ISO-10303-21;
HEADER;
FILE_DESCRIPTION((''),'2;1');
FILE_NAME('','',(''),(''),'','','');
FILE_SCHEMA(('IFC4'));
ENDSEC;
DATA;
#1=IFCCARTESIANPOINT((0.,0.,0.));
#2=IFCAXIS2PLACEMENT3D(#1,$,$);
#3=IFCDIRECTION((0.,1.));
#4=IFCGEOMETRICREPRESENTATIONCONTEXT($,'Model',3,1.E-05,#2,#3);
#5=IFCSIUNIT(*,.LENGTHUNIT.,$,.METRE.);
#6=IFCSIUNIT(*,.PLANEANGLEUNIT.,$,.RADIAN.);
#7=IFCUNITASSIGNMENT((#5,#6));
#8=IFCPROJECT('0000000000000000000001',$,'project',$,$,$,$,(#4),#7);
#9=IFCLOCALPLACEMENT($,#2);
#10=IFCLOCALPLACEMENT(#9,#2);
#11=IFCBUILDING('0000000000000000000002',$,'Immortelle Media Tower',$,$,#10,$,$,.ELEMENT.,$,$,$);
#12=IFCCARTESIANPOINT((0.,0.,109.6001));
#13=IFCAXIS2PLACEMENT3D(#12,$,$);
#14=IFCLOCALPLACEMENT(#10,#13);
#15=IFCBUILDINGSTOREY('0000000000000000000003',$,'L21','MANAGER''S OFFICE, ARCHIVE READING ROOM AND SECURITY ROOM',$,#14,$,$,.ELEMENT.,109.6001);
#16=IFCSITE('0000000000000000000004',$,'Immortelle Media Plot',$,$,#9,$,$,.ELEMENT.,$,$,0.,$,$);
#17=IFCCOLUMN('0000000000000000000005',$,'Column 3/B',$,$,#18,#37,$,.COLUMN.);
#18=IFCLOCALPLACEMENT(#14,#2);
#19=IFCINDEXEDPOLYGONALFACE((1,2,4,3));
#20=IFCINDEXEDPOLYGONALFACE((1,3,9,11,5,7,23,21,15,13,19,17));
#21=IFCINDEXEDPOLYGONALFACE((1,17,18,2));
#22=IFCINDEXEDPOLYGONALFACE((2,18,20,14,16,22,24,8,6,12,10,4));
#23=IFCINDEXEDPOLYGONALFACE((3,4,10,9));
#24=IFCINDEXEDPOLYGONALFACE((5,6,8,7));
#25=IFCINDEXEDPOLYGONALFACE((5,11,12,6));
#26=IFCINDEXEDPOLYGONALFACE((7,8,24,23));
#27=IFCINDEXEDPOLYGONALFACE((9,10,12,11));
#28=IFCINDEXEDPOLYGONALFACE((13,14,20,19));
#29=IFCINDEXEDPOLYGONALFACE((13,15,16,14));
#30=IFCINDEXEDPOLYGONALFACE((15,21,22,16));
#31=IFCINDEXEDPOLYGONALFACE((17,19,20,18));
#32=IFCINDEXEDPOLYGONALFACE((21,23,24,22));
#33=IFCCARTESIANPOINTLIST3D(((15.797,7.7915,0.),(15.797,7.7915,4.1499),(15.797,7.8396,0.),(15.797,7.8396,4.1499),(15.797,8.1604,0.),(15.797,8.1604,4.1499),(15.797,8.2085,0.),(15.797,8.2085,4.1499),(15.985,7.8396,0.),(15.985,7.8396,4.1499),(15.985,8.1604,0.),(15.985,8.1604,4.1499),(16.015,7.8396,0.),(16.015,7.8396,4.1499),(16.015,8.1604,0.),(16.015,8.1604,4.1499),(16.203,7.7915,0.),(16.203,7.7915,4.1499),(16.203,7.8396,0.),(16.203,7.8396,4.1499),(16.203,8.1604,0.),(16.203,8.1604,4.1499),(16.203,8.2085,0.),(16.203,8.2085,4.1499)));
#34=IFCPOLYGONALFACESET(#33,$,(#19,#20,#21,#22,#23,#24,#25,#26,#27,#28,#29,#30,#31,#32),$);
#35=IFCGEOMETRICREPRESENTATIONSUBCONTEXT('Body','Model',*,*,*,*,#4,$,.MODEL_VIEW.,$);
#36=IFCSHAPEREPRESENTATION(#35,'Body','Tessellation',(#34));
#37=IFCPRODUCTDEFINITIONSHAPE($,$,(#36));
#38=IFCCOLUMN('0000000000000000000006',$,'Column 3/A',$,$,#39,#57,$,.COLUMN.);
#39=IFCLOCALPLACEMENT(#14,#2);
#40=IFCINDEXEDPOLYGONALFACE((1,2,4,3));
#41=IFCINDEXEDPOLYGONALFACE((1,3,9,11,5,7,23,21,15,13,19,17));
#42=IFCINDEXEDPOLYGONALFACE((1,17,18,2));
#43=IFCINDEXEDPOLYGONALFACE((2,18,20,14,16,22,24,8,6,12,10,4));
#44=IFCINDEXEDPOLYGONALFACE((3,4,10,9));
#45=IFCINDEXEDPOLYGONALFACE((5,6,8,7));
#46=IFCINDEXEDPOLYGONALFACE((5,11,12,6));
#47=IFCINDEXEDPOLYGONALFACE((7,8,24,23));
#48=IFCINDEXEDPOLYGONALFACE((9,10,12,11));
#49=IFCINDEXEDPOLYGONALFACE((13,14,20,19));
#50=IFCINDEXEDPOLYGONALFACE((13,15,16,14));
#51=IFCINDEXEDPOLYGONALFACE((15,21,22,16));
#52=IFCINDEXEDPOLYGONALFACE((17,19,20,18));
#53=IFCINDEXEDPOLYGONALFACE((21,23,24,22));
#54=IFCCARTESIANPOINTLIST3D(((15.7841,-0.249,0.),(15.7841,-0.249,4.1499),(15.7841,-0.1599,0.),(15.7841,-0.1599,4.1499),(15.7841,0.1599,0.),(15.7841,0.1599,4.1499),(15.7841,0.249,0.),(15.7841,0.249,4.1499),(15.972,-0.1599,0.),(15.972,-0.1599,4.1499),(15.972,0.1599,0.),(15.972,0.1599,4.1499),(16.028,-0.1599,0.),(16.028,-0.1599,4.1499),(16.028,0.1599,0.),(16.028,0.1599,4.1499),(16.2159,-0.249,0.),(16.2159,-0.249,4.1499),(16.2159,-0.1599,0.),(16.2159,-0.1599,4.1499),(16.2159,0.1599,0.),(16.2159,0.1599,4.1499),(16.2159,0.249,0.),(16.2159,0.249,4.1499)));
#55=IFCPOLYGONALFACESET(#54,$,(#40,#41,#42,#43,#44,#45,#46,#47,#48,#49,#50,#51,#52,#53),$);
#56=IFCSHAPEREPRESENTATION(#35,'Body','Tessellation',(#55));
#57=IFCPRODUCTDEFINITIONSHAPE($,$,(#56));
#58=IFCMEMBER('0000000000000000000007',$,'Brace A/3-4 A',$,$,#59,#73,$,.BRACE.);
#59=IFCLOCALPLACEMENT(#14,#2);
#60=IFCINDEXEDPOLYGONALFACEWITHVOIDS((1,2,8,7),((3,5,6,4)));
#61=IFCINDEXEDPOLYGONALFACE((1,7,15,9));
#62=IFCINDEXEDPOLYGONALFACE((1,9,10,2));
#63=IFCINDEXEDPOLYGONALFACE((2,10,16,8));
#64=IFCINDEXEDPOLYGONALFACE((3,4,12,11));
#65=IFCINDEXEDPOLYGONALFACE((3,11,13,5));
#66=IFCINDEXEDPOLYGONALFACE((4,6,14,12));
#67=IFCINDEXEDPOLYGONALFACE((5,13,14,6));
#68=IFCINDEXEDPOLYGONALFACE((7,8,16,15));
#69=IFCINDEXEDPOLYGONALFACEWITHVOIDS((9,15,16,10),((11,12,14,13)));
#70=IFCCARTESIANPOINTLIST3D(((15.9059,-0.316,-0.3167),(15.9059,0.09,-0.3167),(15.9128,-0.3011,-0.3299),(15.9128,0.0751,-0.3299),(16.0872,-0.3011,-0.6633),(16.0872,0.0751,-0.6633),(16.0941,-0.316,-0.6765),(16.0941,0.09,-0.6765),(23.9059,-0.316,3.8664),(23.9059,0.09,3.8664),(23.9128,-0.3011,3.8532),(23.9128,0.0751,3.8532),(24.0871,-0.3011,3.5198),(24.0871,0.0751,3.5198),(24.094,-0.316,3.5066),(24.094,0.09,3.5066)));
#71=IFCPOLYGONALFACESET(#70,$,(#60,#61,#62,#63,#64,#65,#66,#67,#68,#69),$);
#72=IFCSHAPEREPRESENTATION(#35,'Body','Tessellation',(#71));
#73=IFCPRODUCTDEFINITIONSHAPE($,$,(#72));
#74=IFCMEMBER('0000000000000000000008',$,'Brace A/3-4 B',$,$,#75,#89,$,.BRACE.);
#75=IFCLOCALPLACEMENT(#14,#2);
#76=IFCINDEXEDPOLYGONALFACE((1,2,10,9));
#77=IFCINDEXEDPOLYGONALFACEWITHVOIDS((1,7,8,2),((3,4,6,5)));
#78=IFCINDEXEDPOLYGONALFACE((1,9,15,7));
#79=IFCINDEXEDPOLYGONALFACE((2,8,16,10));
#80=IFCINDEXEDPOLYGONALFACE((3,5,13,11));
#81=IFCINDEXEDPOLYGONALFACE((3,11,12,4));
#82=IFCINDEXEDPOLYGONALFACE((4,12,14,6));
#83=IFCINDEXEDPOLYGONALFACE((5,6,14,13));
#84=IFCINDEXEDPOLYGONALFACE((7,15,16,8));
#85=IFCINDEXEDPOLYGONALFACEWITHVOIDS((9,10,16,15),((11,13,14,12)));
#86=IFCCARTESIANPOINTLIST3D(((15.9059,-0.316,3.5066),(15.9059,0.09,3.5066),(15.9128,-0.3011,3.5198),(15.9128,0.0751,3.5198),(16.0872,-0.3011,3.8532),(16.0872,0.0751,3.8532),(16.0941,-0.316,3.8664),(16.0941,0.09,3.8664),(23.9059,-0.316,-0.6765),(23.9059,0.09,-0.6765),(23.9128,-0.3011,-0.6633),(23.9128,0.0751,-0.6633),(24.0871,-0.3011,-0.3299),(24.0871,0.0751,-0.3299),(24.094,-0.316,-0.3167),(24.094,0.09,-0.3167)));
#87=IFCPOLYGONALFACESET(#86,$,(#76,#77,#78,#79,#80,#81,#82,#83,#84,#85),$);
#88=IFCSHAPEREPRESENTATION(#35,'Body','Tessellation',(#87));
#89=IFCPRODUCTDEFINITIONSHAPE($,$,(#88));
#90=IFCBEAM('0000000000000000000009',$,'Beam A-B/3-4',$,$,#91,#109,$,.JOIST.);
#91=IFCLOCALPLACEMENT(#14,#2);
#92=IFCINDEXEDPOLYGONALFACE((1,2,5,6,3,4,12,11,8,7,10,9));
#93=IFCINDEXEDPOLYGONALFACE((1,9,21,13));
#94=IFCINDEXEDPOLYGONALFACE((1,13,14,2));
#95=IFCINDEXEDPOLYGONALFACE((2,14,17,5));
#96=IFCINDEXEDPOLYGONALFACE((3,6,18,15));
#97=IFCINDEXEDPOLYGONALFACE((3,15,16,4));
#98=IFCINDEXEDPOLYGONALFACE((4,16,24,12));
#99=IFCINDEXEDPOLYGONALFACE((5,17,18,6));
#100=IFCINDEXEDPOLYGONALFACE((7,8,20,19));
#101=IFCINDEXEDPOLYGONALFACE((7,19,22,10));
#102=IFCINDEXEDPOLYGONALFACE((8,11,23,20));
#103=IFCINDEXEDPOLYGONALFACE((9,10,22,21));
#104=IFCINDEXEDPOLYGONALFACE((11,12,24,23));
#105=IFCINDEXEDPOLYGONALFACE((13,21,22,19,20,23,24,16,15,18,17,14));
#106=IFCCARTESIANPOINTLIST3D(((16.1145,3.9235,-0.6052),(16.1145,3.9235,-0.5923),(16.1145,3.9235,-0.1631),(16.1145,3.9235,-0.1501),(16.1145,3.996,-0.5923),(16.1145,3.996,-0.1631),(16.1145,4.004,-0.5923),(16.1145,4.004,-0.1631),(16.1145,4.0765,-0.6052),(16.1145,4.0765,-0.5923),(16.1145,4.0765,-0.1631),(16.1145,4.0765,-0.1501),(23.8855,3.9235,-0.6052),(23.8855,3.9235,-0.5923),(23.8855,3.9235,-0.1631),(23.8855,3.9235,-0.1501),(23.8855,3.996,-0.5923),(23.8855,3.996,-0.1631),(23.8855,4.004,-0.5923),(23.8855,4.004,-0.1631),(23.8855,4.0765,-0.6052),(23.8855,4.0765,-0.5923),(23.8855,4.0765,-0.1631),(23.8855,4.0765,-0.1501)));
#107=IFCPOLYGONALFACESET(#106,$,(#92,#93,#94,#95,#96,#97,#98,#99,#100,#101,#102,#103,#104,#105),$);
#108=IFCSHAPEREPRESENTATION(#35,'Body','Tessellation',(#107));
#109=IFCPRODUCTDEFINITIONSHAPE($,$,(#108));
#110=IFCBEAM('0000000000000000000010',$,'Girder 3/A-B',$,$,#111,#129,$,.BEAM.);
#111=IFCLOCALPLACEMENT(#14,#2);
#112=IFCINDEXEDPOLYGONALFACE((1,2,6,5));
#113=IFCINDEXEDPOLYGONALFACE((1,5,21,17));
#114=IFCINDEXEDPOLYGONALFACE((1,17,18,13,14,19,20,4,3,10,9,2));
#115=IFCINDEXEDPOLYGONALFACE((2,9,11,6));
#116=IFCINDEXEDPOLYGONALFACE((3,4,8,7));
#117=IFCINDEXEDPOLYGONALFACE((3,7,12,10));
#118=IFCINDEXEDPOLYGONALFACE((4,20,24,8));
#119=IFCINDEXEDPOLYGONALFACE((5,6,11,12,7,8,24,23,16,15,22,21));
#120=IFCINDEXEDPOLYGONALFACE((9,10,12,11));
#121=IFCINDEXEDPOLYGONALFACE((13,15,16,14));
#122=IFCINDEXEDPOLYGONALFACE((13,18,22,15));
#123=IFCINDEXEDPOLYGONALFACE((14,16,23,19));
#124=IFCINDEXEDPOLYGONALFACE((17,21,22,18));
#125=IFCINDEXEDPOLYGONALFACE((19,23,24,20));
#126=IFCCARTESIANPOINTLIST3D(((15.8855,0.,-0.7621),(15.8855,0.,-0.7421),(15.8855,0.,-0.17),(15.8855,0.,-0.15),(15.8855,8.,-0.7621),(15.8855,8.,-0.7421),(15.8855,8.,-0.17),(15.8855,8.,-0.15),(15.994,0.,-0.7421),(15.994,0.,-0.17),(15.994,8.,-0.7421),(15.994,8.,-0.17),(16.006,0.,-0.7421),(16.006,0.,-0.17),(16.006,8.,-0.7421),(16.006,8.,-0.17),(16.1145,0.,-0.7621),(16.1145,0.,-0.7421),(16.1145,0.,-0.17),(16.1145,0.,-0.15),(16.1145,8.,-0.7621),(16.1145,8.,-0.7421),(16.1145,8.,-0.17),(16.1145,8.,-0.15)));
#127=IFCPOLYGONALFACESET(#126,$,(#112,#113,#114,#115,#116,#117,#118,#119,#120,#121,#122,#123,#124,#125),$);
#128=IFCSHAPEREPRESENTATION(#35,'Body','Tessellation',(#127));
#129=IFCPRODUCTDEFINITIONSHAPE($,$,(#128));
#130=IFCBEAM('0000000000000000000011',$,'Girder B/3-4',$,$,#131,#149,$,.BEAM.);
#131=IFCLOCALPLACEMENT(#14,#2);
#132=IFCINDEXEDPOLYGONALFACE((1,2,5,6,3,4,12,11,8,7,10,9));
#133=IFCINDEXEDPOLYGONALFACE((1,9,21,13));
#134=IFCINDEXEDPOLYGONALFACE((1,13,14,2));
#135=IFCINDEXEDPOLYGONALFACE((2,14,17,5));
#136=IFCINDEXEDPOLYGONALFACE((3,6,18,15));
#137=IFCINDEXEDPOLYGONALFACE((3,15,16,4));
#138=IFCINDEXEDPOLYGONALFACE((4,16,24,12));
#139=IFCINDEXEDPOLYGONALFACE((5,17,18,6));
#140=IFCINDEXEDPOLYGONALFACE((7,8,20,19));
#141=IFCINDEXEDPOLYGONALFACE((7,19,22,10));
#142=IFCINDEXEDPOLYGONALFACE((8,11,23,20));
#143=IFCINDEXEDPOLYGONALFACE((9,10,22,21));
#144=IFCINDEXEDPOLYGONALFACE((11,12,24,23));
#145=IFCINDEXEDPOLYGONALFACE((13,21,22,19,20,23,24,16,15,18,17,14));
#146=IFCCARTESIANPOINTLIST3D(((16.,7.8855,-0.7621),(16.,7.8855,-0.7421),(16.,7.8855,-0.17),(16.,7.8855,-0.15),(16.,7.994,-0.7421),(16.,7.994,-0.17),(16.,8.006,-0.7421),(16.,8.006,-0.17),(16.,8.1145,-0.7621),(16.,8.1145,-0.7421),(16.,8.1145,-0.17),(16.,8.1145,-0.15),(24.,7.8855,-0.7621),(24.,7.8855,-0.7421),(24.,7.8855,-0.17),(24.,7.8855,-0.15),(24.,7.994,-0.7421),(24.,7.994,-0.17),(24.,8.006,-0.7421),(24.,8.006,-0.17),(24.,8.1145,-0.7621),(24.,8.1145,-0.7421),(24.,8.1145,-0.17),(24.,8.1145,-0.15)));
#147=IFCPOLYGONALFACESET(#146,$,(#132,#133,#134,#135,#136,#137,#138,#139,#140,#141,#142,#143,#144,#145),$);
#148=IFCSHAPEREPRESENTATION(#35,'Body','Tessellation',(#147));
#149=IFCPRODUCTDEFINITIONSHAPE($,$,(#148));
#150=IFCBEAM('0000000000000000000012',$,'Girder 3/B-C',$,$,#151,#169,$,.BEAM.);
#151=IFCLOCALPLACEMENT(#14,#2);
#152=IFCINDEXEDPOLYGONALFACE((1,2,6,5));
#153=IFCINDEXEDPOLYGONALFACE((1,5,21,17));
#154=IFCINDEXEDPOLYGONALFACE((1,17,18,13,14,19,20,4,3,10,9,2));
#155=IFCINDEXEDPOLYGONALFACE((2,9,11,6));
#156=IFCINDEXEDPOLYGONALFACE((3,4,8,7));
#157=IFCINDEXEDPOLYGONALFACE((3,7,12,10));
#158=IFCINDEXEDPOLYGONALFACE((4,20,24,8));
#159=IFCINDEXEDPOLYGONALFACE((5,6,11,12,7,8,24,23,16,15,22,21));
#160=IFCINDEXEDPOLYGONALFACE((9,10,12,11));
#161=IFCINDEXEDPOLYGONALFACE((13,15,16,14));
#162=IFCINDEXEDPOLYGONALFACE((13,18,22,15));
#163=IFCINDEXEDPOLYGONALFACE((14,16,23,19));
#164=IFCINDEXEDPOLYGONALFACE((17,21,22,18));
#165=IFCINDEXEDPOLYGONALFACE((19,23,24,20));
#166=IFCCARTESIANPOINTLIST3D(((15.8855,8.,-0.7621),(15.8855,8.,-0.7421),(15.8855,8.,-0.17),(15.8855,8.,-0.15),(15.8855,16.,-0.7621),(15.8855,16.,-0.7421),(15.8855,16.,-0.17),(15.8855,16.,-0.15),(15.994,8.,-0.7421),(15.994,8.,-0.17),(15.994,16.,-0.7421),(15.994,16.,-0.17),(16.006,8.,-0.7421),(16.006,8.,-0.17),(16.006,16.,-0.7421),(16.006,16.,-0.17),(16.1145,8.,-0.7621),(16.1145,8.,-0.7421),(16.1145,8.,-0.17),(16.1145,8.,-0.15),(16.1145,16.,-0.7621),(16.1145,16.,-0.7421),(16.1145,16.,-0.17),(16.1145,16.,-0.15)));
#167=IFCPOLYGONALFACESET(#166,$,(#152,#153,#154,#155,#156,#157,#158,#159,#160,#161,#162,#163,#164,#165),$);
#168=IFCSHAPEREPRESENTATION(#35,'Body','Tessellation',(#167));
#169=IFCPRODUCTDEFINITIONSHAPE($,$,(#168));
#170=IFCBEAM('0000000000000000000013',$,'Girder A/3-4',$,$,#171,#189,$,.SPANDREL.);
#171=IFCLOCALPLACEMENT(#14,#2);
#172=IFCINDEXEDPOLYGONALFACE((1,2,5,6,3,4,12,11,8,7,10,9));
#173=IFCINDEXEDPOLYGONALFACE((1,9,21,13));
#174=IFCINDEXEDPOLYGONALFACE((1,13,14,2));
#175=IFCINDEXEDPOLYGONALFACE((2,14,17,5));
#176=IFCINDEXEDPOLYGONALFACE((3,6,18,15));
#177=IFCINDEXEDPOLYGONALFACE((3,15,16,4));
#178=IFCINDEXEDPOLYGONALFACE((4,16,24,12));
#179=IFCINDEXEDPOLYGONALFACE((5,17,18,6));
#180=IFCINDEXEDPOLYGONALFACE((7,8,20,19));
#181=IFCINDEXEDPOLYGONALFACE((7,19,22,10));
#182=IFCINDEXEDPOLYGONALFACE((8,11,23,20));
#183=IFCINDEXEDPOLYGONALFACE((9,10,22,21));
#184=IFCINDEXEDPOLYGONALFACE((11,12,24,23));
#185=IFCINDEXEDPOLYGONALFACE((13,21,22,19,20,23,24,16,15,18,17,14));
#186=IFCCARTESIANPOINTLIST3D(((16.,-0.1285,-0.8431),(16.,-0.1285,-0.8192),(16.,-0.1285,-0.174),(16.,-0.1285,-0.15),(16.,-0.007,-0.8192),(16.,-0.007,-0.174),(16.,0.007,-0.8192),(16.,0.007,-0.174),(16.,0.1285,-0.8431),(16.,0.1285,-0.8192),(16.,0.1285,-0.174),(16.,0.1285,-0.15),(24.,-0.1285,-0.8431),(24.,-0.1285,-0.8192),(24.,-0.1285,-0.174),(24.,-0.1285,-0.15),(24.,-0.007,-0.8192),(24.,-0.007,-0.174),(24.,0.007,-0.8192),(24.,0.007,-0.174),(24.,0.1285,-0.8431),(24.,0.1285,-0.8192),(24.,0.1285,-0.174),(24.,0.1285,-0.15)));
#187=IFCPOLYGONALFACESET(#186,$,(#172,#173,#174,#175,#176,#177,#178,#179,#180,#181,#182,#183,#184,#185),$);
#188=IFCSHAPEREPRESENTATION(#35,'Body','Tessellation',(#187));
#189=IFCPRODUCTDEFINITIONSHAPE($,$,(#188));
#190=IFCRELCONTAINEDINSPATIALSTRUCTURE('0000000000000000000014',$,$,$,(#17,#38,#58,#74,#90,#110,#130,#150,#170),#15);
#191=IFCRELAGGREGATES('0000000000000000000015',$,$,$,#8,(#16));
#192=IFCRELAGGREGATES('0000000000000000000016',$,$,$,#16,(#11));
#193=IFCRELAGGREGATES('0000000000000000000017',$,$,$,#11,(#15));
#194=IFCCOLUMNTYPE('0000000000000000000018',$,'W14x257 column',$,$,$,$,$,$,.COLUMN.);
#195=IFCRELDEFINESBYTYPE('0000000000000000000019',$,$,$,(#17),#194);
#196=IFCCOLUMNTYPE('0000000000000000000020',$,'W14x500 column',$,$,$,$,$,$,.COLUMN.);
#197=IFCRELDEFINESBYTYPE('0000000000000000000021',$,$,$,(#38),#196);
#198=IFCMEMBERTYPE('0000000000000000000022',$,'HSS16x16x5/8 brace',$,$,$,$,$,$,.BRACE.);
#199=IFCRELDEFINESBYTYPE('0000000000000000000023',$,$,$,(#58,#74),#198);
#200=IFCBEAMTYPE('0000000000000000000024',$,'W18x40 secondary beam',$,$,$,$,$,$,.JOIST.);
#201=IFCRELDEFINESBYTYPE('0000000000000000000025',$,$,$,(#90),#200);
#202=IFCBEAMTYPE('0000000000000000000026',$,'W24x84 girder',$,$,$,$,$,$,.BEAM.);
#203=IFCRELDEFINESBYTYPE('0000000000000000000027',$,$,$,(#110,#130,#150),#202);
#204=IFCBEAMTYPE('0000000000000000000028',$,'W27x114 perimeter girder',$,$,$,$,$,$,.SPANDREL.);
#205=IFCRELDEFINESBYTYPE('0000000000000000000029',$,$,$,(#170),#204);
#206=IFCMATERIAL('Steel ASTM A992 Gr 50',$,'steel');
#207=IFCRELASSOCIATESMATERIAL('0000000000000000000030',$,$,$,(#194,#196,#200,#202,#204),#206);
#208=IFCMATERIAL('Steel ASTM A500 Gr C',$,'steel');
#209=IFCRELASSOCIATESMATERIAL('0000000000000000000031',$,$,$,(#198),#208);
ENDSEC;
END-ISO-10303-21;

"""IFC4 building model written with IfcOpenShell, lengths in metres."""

from ifc_helpers import new_model, si_unit, direction, frame, origin, origin_2d, place, context, subcontext, project, spatial, hollow_rectangle, i_section, extrude, material, material_profile, profile_set, type_object, element, save


model = new_model("IFC4")

# Units and contexts
model_context = context("Model", 3, precision=1e-05, world=origin(), true_north=direction((0.0, 1.0)))
body_context = subcontext(model_context, "Body", "Model", "MODEL_VIEW")
ifc_project = project(units=[si_unit("LENGTHUNIT", "METRE"), si_unit("PLANEANGLEUNIT", "RADIAN")], contexts=[model_context])

# Site, building, storey
site_placement = place(None, origin())
site = spatial("IfcSite", under=ifc_project, at=site_placement, Name="Immortelle Media Plot", CompositionType="ELEMENT", RefElevation=0.0)
building_placement = place(site_placement, origin())
building = spatial("IfcBuilding", under=site, at=building_placement, Name="Immortelle Media Tower", CompositionType="ELEMENT")
storey_placement = place(building_placement, frame((0.0, 0.0, 109.6001)))
storey = spatial("IfcBuildingStorey", under=building, at=storey_placement, Name="L21", Description="MANAGER'S OFFICE, ARCHIVE READING ROOM AND SECURITY ROOM", CompositionType="ELEMENT", Elevation=109.6001)

# Columns
ifc_material_1 = material(Name="Steel ASTM A992 Gr 50", Category="steel")
ifc_material_profile_1 = material_profile(ifc_material_1, i_section(OverallWidth=0.406, OverallDepth=0.417, WebThickness=0.03, FlangeThickness=0.0481, at=origin_2d()), Name="W14x257")
ifc_profile_set_1 = profile_set([ifc_material_profile_1], Name="Steel ASTM A992 Gr 50")
column_type_1 = type_object("IfcColumnType", Name="W14x257 column", PredefinedType="COLUMN", material=ifc_profile_set_1)
column_1_placement = place(storey_placement, frame((16.0, 8.0, 0.0), z_axis=(0.0, 0.0, 1.0), x_axis=(1.0, 0.0, 0.0)))
element("IfcColumn", 1, at=column_1_placement, inside=storey, type_object=column_type_1, Name="Column 3/B", PredefinedType="COLUMN", context=body_context, shape_type="SweptSolid", body=[
    extrude(i_section(OverallWidth=0.406, OverallDepth=0.417, WebThickness=0.03, FlangeThickness=0.0481, at=origin_2d()), origin(), (0.0, 0.0, 1.0), 4.1499),
])
ifc_material_profile_2 = material_profile(ifc_material_1, i_section(OverallWidth=0.4319, OverallDepth=0.498, WebThickness=0.0559, FlangeThickness=0.0891, at=origin_2d()), Name="W14x500")
ifc_profile_set_2 = profile_set([ifc_material_profile_2], Name="Steel ASTM A992 Gr 50")
column_type_2 = type_object("IfcColumnType", Name="W14x500 column", PredefinedType="COLUMN", material=ifc_profile_set_2)
column_2_placement = place(storey_placement, frame((16.0, 0.0, 0.0), z_axis=(0.0, 0.0, 1.0), x_axis=(1.0, 0.0, 0.0)))
element("IfcColumn", 2, at=column_2_placement, inside=storey, type_object=column_type_2, Name="Column 3/A", PredefinedType="COLUMN", context=body_context, shape_type="SweptSolid", body=[
    extrude(i_section(OverallWidth=0.4319, OverallDepth=0.498, WebThickness=0.0559, FlangeThickness=0.0891, at=origin_2d()), origin(), (0.0, 0.0, 1.0), 4.1499),
])

# Members
ifc_material_2 = material(Name="Steel ASTM A500 Gr C", Category="steel")
ifc_material_profile_3 = material_profile(ifc_material_2, hollow_rectangle(XDim=0.406, YDim=0.406, WallThickness=0.0149, at=origin_2d()), Name="HSS16x16x5/8 brace")
ifc_profile_set_3 = profile_set([ifc_material_profile_3], Name="Steel ASTM A500 Gr C")
member_type = type_object("IfcMemberType", Name="HSS16x16x5/8 brace", PredefinedType="BRACE", material=ifc_profile_set_3)
for number, where, z_axis, x_axis, name in (
    (3, (16.0, -0.113, -0.4966), (0.886167, 0.0, 0.463366), (0.0, 1.0, 0.0), "Brace A/3-4 A"),
    (4, (16.0, -0.113, 3.6865), (0.886167, 0.0, -0.463366), (0.0, 1.0, 0.0), "Brace A/3-4 B"),
):
    element("IfcMember", number, at=place(storey_placement, frame(where, z_axis=z_axis, x_axis=x_axis)), inside=storey, type_object=member_type, Name=name, PredefinedType="BRACE", context=body_context, shape_type="SweptSolid", body=[
        extrude(hollow_rectangle(XDim=0.406, YDim=0.406, WallThickness=0.0149, at=origin_2d()), origin(), (0.0, 0.0, 1.0), 9.0276),
    ])

# Beams
ifc_material_profile_4 = material_profile(ifc_material_1, i_section(OverallWidth=0.1531, OverallDepth=0.4551, WebThickness=0.0081, FlangeThickness=0.0129, at=origin_2d()), Name="W18x40")
ifc_profile_set_4 = profile_set([ifc_material_profile_4], Name="Steel ASTM A992 Gr 50")
beam_type_1 = type_object("IfcBeamType", Name="W18x40 secondary beam", PredefinedType="JOIST", material=ifc_profile_set_4)
beam_1_placement = place(storey_placement, frame((16.1145, 4.0, -0.3777), z_axis=(1.0, 0.0, 0.0), x_axis=(0.0, 1.0, 0.0)))
element("IfcBeam", 5, at=beam_1_placement, inside=storey, type_object=beam_type_1, Name="Beam A-B/3-4", PredefinedType="JOIST", context=body_context, shape_type="SweptSolid", body=[
    extrude(i_section(OverallWidth=0.1531, OverallDepth=0.4551, WebThickness=0.0081, FlangeThickness=0.0129, at=origin_2d()), origin(), (0.0, 0.0, 1.0), 7.771),
])
ifc_material_profile_5 = material_profile(ifc_material_1, i_section(OverallWidth=0.229, OverallDepth=0.6121, WebThickness=0.012, FlangeThickness=0.02, at=origin_2d()), Name="W24x84")
ifc_profile_set_5 = profile_set([ifc_material_profile_5], Name="Steel ASTM A992 Gr 50")
beam_type_2 = type_object("IfcBeamType", Name="W24x84 girder", PredefinedType="BEAM", material=ifc_profile_set_5)
for number, where, z_axis, x_axis, name in (
    (6, (16.0, 0.0, -0.4561), (0.0, 1.0, 0.0), (-1.0, 0.0, 0.0), "Girder 3/A-B"),
    (7, (16.0, 8.0, -0.4561), (1.0, 0.0, 0.0), (0.0, 1.0, 0.0), "Girder B/3-4"),
    (8, (16.0, 8.0, -0.4561), (0.0, 1.0, 0.0), (-1.0, 0.0, 0.0), "Girder 3/B-C"),
):
    element("IfcBeam", number, at=place(storey_placement, frame(where, z_axis=z_axis, x_axis=x_axis)), inside=storey, type_object=beam_type_2, Name=name, PredefinedType="BEAM", context=body_context, shape_type="SweptSolid", body=[
        extrude(i_section(OverallWidth=0.229, OverallDepth=0.6121, WebThickness=0.012, FlangeThickness=0.02, at=origin_2d()), origin(), (0.0, 0.0, 1.0), 8.0),
    ])
ifc_material_profile_6 = material_profile(ifc_material_1, i_section(OverallWidth=0.2571, OverallDepth=0.6931, WebThickness=0.0139, FlangeThickness=0.0239, at=origin_2d()), Name="W27x114")
ifc_profile_set_6 = profile_set([ifc_material_profile_6], Name="Steel ASTM A992 Gr 50")
beam_type_3 = type_object("IfcBeamType", Name="W27x114 perimeter girder", PredefinedType="SPANDREL", material=ifc_profile_set_6)
beam_2_placement = place(storey_placement, frame((16.0, 0.0, -0.4966), z_axis=(1.0, 0.0, 0.0), x_axis=(0.0, 1.0, 0.0)))
element("IfcBeam", 9, at=beam_2_placement, inside=storey, type_object=beam_type_3, Name="Girder A/3-4", PredefinedType="SPANDREL", context=body_context, shape_type="SweptSolid", body=[
    extrude(i_section(OverallWidth=0.2571, OverallDepth=0.6931, WebThickness=0.0139, FlangeThickness=0.0239, at=origin_2d()), origin(), (0.0, 0.0, 1.0), 8.0),
])

save(model, "model.ifc")
